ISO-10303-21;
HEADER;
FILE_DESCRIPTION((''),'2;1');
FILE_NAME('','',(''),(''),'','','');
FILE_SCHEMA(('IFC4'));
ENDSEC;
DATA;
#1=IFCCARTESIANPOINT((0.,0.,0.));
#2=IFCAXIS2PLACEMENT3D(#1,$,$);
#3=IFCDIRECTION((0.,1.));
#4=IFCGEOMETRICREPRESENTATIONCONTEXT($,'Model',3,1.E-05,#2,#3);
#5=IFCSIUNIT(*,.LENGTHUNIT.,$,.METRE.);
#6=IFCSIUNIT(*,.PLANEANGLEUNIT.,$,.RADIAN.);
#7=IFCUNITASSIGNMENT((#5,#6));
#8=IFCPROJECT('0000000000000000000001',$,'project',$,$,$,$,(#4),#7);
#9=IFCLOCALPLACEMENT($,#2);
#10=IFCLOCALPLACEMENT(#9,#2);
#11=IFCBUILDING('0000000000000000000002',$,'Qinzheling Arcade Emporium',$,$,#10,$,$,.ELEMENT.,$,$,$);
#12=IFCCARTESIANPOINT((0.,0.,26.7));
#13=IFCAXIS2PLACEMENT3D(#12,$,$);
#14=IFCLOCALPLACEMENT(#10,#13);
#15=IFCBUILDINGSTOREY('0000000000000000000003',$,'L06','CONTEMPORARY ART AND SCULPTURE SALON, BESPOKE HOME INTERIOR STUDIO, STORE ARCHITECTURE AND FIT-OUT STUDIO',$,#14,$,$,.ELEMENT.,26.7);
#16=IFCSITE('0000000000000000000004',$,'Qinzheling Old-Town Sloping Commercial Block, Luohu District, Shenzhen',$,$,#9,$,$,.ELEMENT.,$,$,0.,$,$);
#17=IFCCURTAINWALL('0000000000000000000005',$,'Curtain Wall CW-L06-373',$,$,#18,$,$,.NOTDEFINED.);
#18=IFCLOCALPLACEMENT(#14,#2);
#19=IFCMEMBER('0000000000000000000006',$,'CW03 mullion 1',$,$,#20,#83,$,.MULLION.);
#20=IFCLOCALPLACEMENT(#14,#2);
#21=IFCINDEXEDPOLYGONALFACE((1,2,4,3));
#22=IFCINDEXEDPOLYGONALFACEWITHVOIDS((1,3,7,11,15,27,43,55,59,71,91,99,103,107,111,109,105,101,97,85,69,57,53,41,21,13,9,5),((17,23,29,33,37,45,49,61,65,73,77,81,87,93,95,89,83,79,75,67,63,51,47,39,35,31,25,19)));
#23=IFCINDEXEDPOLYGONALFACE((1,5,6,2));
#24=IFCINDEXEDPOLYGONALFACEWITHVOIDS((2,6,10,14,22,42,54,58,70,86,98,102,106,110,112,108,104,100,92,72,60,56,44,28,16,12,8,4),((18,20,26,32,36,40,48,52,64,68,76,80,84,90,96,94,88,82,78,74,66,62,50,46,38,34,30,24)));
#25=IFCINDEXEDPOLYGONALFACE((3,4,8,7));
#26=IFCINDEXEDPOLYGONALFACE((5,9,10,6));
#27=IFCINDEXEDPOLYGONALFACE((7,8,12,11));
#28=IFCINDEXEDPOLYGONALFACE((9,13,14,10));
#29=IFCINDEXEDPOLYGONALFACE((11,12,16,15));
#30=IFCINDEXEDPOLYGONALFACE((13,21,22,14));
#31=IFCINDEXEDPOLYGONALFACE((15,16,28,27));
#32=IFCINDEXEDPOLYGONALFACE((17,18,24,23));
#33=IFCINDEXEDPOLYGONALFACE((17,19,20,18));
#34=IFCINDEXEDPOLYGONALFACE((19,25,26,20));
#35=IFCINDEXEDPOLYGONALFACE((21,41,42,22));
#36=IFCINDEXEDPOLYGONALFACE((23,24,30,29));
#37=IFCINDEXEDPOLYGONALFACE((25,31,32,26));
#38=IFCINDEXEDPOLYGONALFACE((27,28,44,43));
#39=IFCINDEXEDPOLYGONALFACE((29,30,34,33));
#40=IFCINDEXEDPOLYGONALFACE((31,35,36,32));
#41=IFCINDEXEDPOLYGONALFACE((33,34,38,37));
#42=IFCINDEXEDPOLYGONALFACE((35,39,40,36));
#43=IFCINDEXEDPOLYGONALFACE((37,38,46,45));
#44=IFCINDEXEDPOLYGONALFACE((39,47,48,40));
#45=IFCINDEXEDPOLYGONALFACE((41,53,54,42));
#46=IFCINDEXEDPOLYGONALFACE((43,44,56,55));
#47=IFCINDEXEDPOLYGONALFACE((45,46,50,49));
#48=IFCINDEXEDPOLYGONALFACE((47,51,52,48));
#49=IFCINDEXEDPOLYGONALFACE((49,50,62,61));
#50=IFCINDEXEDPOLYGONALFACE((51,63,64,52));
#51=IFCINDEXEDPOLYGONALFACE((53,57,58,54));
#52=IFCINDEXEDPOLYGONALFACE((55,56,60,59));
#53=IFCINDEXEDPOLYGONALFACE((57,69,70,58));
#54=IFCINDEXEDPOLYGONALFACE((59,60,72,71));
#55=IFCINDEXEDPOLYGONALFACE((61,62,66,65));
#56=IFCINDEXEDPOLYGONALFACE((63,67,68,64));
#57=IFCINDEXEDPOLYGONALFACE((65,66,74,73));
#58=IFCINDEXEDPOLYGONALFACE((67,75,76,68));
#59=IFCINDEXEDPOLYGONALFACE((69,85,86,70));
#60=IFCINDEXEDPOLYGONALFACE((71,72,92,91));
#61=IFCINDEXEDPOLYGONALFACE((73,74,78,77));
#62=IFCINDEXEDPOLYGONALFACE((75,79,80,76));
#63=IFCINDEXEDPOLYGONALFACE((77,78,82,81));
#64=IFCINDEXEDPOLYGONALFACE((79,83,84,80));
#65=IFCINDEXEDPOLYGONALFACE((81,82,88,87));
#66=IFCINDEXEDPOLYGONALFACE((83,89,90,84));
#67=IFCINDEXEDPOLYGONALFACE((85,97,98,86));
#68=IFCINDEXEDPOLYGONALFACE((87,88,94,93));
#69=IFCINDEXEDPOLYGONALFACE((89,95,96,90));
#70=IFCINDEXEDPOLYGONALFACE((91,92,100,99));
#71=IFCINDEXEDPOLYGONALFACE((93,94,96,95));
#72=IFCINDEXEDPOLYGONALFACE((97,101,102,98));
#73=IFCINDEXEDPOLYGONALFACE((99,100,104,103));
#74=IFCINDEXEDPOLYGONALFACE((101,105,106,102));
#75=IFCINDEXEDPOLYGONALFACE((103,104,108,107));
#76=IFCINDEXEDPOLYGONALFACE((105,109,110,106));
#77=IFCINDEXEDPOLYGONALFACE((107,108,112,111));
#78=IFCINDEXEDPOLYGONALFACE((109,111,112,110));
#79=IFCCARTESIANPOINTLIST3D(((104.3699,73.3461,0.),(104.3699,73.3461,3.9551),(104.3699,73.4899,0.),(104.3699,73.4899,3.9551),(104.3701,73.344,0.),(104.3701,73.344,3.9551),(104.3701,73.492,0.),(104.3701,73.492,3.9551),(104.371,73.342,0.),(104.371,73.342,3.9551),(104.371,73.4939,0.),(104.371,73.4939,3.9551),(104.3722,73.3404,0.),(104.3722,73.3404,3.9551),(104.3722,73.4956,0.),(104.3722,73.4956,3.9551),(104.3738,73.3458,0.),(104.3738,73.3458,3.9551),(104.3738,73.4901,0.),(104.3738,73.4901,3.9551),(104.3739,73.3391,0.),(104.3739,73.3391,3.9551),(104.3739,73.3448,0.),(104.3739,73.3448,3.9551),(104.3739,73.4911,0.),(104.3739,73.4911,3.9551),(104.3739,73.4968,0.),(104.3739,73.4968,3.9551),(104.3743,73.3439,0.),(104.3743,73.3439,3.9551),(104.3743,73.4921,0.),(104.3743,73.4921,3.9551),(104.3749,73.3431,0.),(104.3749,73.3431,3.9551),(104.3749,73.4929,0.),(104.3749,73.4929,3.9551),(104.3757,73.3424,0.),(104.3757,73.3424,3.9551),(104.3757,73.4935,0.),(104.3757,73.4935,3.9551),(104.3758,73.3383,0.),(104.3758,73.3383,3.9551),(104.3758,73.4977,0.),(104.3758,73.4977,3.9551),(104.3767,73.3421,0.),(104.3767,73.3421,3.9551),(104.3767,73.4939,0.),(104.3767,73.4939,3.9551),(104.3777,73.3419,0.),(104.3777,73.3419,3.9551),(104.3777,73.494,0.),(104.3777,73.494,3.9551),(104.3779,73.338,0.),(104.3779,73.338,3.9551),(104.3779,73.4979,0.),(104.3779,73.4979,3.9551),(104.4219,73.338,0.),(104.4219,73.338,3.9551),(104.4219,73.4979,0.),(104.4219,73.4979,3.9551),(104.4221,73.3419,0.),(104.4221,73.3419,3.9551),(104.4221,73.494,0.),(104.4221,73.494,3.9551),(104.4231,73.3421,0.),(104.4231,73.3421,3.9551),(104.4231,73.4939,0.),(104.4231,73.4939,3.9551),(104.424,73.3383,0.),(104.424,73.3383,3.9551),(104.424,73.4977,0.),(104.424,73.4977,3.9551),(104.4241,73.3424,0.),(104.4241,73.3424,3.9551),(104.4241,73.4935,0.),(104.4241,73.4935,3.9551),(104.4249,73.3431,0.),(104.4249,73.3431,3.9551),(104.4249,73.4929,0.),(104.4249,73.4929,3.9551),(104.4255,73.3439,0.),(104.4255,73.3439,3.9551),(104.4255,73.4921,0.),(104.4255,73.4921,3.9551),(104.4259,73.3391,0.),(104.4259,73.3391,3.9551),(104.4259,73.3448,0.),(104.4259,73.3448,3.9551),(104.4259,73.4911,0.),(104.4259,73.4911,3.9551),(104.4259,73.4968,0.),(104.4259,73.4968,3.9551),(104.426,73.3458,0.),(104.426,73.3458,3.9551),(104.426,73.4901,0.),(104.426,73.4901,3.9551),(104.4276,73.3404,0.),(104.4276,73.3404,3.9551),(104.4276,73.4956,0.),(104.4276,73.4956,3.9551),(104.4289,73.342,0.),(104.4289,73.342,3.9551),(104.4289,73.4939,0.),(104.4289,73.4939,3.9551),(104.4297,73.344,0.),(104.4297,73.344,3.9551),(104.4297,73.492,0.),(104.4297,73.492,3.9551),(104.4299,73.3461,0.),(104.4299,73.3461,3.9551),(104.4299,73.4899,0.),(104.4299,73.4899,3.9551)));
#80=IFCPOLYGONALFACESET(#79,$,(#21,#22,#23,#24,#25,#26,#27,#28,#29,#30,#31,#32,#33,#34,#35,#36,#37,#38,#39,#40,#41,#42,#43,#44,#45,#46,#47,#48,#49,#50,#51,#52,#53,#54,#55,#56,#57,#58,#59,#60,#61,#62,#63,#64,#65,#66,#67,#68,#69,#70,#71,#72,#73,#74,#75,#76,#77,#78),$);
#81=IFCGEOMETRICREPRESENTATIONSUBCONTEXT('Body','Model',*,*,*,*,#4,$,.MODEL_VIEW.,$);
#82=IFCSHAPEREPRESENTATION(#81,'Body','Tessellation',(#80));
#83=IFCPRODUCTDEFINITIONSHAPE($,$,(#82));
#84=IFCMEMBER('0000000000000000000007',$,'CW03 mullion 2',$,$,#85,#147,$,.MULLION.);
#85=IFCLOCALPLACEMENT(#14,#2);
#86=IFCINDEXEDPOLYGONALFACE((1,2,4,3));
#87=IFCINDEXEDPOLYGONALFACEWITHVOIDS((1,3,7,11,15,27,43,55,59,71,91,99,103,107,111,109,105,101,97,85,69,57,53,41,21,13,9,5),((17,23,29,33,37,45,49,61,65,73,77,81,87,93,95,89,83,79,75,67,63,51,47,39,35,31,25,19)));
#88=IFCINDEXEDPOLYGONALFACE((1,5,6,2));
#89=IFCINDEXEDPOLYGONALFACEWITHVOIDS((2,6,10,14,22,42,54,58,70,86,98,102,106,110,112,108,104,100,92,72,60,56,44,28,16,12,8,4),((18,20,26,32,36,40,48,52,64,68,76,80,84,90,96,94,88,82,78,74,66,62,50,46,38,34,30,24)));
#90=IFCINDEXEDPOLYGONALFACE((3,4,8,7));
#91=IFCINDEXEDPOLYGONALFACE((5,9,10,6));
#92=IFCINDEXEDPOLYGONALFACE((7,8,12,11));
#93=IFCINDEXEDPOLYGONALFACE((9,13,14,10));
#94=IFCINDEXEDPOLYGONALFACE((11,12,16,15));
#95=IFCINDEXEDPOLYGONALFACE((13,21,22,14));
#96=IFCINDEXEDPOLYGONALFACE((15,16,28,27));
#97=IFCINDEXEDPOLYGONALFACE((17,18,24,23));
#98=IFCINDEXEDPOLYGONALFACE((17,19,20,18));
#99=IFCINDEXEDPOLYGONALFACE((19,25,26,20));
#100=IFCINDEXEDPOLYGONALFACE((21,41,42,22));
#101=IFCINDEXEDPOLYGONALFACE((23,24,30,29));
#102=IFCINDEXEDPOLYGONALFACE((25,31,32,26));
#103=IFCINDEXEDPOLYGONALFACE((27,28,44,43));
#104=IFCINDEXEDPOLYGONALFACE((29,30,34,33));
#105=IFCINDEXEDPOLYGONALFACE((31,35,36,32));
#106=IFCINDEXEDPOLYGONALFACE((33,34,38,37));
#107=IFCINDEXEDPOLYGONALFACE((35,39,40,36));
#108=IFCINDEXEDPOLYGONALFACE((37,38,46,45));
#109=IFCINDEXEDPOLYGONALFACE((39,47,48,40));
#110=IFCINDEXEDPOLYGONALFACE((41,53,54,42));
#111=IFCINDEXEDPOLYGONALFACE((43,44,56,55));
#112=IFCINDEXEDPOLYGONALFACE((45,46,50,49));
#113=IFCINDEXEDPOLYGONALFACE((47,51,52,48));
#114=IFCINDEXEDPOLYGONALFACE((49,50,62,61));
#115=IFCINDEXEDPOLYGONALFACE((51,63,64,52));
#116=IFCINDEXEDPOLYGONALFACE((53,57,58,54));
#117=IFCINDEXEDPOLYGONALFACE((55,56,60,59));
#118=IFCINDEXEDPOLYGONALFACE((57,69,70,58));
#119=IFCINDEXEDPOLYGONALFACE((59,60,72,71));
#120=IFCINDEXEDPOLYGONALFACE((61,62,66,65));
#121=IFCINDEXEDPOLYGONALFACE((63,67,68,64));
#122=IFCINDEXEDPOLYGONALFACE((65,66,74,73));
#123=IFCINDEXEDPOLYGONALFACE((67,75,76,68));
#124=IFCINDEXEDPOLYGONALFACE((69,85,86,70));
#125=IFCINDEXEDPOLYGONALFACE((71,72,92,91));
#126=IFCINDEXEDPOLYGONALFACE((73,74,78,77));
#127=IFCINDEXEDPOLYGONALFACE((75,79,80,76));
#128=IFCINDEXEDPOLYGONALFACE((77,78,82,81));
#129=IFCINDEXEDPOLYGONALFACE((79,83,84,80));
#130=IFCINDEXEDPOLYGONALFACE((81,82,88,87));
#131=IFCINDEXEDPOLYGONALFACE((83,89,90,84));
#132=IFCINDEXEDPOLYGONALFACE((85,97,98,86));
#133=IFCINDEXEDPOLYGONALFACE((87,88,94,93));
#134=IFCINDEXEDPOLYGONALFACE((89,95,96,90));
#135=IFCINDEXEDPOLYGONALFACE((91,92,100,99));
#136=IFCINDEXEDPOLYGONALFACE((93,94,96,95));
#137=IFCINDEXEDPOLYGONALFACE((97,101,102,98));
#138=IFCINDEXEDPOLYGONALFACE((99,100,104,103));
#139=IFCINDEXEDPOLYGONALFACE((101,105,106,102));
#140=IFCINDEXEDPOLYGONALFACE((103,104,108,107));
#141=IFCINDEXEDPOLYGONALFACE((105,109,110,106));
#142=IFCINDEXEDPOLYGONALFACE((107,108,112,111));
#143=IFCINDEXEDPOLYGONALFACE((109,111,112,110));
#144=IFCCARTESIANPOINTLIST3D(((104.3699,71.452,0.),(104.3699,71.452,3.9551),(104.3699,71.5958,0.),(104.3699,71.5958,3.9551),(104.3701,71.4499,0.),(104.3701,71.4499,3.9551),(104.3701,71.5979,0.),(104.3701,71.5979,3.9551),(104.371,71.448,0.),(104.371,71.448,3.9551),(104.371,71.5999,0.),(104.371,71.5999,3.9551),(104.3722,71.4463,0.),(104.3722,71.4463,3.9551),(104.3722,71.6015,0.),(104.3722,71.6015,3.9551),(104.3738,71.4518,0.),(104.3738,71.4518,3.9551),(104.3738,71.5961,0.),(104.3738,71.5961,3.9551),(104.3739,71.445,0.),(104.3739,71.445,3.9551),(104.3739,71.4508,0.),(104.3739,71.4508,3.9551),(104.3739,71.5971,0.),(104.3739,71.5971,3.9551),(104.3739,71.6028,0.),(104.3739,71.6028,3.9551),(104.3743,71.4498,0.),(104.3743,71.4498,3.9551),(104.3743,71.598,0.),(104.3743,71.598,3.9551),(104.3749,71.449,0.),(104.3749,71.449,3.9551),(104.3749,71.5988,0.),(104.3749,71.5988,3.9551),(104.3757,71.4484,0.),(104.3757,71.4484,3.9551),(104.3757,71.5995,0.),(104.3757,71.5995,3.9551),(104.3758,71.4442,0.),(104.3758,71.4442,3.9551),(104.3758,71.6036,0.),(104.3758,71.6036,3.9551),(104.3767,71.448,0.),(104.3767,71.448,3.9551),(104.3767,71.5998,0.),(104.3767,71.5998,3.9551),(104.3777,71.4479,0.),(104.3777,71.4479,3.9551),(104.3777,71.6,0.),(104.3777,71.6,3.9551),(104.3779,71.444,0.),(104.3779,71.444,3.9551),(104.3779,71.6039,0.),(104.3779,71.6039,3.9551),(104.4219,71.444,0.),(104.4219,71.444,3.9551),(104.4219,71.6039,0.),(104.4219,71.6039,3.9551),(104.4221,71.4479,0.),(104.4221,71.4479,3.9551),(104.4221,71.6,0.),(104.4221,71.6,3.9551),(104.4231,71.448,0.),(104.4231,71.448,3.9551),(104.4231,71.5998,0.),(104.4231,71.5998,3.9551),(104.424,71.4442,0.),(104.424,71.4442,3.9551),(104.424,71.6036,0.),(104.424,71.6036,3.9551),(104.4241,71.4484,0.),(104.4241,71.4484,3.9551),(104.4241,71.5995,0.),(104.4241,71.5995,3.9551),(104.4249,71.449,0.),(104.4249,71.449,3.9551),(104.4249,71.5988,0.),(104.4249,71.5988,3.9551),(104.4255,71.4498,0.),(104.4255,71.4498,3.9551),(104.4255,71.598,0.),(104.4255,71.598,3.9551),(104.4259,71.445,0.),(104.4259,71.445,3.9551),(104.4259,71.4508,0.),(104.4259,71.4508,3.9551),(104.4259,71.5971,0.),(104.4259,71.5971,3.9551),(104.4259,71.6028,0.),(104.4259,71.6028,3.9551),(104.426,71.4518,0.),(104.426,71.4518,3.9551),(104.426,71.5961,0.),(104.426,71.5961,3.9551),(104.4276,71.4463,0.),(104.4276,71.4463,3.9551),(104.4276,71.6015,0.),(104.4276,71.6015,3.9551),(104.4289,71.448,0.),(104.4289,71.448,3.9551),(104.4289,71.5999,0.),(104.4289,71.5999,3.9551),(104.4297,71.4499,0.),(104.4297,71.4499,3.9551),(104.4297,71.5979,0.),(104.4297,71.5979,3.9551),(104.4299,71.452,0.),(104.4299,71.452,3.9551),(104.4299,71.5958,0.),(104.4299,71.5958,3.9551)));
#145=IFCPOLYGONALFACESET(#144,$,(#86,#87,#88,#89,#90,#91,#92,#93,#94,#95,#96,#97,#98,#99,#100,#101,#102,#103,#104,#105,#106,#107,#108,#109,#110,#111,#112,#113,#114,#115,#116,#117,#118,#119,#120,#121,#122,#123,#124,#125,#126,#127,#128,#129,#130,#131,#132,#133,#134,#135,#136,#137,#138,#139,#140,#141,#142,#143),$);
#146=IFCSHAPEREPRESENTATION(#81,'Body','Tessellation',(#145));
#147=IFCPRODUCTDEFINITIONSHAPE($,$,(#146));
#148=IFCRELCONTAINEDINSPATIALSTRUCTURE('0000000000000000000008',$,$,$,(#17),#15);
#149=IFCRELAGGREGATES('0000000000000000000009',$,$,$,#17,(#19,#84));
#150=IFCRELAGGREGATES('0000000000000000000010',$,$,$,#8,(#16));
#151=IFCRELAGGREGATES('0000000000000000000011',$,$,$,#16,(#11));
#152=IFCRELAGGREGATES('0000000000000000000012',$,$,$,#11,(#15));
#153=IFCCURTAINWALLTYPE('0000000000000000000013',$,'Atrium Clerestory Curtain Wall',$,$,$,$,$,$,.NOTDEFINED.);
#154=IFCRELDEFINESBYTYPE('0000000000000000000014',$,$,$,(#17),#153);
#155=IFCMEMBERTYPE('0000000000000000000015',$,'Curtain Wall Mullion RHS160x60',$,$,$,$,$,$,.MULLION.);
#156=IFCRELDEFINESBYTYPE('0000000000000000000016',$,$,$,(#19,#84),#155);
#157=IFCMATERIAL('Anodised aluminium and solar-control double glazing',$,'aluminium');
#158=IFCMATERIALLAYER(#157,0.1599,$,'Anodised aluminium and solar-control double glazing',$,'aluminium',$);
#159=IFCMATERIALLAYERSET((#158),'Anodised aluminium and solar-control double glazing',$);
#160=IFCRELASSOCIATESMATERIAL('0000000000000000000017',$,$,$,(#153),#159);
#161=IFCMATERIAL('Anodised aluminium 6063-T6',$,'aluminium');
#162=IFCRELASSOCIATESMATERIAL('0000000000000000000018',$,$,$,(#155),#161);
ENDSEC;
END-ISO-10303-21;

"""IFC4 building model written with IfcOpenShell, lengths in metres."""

from ifc_helpers import new_model, si_unit, direction, frame, origin, origin_2d, place, context, subcontext, project, spatial, hollow_rectangle, extrude, material, layer, layer_set, material_profile, profile_set, type_object, element, aggregate, save


model = new_model("IFC4")

# Units and contexts
model_context = context("Model", 3, precision=1e-05, world=origin(), true_north=direction((0.0, 1.0)))
body_context = subcontext(model_context, "Body", "Model", "MODEL_VIEW")
ifc_project = project(units=[si_unit("LENGTHUNIT", "METRE"), si_unit("PLANEANGLEUNIT", "RADIAN")], contexts=[model_context])

# Site, building, storey
site_placement = place(None, origin())
site = spatial("IfcSite", under=ifc_project, at=site_placement, Name="Qinzheling Old-Town Sloping Commercial Block, Luohu District, Shenzhen", CompositionType="ELEMENT", RefElevation=0.0)
building_placement = place(site_placement, origin())
building = spatial("IfcBuilding", under=site, at=building_placement, Name="Qinzheling Arcade Emporium", CompositionType="ELEMENT")
storey_placement = place(building_placement, frame((0.0, 0.0, 26.7)))
storey = spatial("IfcBuildingStorey", under=building, at=storey_placement, Name="L06", Description="CONTEMPORARY ART AND SCULPTURE SALON, BESPOKE HOME INTERIOR STUDIO, STORE ARCHITECTURE AND FIT-OUT STUDIO", CompositionType="ELEMENT", Elevation=26.7)

# Curtain wall, members
ifc_material_1 = material(Name="Anodised aluminium and solar-control double glazing", Category="aluminium")
ifc_layer_1 = layer(ifc_material_1, 0.1599, Name="Anodised aluminium and solar-control double glazing", Category="aluminium")
ifc_layer_set_1 = layer_set([ifc_layer_1], Name="Anodised aluminium and solar-control double glazing")
curtain_wall_type = type_object("IfcCurtainWallType", Name="Atrium Clerestory Curtain Wall", PredefinedType="NOTDEFINED", material=ifc_layer_set_1)
curtain_wall_placement = place(storey_placement, origin())
curtain_wall = element("IfcCurtainWall", 1, at=curtain_wall_placement, inside=storey, type_object=curtain_wall_type, Name="Curtain Wall CW-L06-373", PredefinedType="NOTDEFINED")
ifc_material_2 = material(Name="Anodised aluminium 6063-T6", Category="aluminium")
ifc_material_profile_1 = material_profile(ifc_material_2, hollow_rectangle(XDim=0.0601, YDim=0.1599, WallThickness=0.0039, InnerFilletRadius=0.0039, OuterFilletRadius=0.0081, at=origin_2d()), Name="RHS 160x60x4", Category="aluminium")
ifc_profile_set_1 = profile_set([ifc_material_profile_1], Name="Anodised aluminium 6063-T6")
member_type_1 = type_object("IfcMemberType", Name="Curtain Wall Mullion RHS160x60", PredefinedType="MULLION", material=ifc_profile_set_1)
member_1_placement = place(storey_placement, frame((104.3999, 73.418, 0.0), z_axis=(0.0, 0.0, 1.0), x_axis=(1.0, 0.0, 0.0)))
member_1 = element("IfcMember", 2, at=member_1_placement, type_object=member_type_1, Name="CW03 mullion 1", PredefinedType="MULLION", context=body_context, shape_type="SweptSolid", body=[
    extrude(hollow_rectangle(XDim=0.0601, YDim=0.1599, WallThickness=0.0039, InnerFilletRadius=0.0039, OuterFilletRadius=0.0081, at=origin_2d()), origin(), (0.0, 0.0, 1.0), 3.9551),
])
member_2_placement = place(storey_placement, frame((104.3999, 71.5239, 0.0), z_axis=(0.0, 0.0, 1.0), x_axis=(1.0, 0.0, 0.0)))
member_2 = element("IfcMember", 3, at=member_2_placement, type_object=member_type_1, Name="CW03 mullion 2", PredefinedType="MULLION", context=body_context, shape_type="SweptSolid", body=[
    extrude(hollow_rectangle(XDim=0.0601, YDim=0.1599, WallThickness=0.0039, InnerFilletRadius=0.0039, OuterFilletRadius=0.0081, at=origin_2d()), origin(), (0.0, 0.0, 1.0), 3.9551),
])
aggregate(curtain_wall, [member_1, member_2])

save(model, "model.ifc")
